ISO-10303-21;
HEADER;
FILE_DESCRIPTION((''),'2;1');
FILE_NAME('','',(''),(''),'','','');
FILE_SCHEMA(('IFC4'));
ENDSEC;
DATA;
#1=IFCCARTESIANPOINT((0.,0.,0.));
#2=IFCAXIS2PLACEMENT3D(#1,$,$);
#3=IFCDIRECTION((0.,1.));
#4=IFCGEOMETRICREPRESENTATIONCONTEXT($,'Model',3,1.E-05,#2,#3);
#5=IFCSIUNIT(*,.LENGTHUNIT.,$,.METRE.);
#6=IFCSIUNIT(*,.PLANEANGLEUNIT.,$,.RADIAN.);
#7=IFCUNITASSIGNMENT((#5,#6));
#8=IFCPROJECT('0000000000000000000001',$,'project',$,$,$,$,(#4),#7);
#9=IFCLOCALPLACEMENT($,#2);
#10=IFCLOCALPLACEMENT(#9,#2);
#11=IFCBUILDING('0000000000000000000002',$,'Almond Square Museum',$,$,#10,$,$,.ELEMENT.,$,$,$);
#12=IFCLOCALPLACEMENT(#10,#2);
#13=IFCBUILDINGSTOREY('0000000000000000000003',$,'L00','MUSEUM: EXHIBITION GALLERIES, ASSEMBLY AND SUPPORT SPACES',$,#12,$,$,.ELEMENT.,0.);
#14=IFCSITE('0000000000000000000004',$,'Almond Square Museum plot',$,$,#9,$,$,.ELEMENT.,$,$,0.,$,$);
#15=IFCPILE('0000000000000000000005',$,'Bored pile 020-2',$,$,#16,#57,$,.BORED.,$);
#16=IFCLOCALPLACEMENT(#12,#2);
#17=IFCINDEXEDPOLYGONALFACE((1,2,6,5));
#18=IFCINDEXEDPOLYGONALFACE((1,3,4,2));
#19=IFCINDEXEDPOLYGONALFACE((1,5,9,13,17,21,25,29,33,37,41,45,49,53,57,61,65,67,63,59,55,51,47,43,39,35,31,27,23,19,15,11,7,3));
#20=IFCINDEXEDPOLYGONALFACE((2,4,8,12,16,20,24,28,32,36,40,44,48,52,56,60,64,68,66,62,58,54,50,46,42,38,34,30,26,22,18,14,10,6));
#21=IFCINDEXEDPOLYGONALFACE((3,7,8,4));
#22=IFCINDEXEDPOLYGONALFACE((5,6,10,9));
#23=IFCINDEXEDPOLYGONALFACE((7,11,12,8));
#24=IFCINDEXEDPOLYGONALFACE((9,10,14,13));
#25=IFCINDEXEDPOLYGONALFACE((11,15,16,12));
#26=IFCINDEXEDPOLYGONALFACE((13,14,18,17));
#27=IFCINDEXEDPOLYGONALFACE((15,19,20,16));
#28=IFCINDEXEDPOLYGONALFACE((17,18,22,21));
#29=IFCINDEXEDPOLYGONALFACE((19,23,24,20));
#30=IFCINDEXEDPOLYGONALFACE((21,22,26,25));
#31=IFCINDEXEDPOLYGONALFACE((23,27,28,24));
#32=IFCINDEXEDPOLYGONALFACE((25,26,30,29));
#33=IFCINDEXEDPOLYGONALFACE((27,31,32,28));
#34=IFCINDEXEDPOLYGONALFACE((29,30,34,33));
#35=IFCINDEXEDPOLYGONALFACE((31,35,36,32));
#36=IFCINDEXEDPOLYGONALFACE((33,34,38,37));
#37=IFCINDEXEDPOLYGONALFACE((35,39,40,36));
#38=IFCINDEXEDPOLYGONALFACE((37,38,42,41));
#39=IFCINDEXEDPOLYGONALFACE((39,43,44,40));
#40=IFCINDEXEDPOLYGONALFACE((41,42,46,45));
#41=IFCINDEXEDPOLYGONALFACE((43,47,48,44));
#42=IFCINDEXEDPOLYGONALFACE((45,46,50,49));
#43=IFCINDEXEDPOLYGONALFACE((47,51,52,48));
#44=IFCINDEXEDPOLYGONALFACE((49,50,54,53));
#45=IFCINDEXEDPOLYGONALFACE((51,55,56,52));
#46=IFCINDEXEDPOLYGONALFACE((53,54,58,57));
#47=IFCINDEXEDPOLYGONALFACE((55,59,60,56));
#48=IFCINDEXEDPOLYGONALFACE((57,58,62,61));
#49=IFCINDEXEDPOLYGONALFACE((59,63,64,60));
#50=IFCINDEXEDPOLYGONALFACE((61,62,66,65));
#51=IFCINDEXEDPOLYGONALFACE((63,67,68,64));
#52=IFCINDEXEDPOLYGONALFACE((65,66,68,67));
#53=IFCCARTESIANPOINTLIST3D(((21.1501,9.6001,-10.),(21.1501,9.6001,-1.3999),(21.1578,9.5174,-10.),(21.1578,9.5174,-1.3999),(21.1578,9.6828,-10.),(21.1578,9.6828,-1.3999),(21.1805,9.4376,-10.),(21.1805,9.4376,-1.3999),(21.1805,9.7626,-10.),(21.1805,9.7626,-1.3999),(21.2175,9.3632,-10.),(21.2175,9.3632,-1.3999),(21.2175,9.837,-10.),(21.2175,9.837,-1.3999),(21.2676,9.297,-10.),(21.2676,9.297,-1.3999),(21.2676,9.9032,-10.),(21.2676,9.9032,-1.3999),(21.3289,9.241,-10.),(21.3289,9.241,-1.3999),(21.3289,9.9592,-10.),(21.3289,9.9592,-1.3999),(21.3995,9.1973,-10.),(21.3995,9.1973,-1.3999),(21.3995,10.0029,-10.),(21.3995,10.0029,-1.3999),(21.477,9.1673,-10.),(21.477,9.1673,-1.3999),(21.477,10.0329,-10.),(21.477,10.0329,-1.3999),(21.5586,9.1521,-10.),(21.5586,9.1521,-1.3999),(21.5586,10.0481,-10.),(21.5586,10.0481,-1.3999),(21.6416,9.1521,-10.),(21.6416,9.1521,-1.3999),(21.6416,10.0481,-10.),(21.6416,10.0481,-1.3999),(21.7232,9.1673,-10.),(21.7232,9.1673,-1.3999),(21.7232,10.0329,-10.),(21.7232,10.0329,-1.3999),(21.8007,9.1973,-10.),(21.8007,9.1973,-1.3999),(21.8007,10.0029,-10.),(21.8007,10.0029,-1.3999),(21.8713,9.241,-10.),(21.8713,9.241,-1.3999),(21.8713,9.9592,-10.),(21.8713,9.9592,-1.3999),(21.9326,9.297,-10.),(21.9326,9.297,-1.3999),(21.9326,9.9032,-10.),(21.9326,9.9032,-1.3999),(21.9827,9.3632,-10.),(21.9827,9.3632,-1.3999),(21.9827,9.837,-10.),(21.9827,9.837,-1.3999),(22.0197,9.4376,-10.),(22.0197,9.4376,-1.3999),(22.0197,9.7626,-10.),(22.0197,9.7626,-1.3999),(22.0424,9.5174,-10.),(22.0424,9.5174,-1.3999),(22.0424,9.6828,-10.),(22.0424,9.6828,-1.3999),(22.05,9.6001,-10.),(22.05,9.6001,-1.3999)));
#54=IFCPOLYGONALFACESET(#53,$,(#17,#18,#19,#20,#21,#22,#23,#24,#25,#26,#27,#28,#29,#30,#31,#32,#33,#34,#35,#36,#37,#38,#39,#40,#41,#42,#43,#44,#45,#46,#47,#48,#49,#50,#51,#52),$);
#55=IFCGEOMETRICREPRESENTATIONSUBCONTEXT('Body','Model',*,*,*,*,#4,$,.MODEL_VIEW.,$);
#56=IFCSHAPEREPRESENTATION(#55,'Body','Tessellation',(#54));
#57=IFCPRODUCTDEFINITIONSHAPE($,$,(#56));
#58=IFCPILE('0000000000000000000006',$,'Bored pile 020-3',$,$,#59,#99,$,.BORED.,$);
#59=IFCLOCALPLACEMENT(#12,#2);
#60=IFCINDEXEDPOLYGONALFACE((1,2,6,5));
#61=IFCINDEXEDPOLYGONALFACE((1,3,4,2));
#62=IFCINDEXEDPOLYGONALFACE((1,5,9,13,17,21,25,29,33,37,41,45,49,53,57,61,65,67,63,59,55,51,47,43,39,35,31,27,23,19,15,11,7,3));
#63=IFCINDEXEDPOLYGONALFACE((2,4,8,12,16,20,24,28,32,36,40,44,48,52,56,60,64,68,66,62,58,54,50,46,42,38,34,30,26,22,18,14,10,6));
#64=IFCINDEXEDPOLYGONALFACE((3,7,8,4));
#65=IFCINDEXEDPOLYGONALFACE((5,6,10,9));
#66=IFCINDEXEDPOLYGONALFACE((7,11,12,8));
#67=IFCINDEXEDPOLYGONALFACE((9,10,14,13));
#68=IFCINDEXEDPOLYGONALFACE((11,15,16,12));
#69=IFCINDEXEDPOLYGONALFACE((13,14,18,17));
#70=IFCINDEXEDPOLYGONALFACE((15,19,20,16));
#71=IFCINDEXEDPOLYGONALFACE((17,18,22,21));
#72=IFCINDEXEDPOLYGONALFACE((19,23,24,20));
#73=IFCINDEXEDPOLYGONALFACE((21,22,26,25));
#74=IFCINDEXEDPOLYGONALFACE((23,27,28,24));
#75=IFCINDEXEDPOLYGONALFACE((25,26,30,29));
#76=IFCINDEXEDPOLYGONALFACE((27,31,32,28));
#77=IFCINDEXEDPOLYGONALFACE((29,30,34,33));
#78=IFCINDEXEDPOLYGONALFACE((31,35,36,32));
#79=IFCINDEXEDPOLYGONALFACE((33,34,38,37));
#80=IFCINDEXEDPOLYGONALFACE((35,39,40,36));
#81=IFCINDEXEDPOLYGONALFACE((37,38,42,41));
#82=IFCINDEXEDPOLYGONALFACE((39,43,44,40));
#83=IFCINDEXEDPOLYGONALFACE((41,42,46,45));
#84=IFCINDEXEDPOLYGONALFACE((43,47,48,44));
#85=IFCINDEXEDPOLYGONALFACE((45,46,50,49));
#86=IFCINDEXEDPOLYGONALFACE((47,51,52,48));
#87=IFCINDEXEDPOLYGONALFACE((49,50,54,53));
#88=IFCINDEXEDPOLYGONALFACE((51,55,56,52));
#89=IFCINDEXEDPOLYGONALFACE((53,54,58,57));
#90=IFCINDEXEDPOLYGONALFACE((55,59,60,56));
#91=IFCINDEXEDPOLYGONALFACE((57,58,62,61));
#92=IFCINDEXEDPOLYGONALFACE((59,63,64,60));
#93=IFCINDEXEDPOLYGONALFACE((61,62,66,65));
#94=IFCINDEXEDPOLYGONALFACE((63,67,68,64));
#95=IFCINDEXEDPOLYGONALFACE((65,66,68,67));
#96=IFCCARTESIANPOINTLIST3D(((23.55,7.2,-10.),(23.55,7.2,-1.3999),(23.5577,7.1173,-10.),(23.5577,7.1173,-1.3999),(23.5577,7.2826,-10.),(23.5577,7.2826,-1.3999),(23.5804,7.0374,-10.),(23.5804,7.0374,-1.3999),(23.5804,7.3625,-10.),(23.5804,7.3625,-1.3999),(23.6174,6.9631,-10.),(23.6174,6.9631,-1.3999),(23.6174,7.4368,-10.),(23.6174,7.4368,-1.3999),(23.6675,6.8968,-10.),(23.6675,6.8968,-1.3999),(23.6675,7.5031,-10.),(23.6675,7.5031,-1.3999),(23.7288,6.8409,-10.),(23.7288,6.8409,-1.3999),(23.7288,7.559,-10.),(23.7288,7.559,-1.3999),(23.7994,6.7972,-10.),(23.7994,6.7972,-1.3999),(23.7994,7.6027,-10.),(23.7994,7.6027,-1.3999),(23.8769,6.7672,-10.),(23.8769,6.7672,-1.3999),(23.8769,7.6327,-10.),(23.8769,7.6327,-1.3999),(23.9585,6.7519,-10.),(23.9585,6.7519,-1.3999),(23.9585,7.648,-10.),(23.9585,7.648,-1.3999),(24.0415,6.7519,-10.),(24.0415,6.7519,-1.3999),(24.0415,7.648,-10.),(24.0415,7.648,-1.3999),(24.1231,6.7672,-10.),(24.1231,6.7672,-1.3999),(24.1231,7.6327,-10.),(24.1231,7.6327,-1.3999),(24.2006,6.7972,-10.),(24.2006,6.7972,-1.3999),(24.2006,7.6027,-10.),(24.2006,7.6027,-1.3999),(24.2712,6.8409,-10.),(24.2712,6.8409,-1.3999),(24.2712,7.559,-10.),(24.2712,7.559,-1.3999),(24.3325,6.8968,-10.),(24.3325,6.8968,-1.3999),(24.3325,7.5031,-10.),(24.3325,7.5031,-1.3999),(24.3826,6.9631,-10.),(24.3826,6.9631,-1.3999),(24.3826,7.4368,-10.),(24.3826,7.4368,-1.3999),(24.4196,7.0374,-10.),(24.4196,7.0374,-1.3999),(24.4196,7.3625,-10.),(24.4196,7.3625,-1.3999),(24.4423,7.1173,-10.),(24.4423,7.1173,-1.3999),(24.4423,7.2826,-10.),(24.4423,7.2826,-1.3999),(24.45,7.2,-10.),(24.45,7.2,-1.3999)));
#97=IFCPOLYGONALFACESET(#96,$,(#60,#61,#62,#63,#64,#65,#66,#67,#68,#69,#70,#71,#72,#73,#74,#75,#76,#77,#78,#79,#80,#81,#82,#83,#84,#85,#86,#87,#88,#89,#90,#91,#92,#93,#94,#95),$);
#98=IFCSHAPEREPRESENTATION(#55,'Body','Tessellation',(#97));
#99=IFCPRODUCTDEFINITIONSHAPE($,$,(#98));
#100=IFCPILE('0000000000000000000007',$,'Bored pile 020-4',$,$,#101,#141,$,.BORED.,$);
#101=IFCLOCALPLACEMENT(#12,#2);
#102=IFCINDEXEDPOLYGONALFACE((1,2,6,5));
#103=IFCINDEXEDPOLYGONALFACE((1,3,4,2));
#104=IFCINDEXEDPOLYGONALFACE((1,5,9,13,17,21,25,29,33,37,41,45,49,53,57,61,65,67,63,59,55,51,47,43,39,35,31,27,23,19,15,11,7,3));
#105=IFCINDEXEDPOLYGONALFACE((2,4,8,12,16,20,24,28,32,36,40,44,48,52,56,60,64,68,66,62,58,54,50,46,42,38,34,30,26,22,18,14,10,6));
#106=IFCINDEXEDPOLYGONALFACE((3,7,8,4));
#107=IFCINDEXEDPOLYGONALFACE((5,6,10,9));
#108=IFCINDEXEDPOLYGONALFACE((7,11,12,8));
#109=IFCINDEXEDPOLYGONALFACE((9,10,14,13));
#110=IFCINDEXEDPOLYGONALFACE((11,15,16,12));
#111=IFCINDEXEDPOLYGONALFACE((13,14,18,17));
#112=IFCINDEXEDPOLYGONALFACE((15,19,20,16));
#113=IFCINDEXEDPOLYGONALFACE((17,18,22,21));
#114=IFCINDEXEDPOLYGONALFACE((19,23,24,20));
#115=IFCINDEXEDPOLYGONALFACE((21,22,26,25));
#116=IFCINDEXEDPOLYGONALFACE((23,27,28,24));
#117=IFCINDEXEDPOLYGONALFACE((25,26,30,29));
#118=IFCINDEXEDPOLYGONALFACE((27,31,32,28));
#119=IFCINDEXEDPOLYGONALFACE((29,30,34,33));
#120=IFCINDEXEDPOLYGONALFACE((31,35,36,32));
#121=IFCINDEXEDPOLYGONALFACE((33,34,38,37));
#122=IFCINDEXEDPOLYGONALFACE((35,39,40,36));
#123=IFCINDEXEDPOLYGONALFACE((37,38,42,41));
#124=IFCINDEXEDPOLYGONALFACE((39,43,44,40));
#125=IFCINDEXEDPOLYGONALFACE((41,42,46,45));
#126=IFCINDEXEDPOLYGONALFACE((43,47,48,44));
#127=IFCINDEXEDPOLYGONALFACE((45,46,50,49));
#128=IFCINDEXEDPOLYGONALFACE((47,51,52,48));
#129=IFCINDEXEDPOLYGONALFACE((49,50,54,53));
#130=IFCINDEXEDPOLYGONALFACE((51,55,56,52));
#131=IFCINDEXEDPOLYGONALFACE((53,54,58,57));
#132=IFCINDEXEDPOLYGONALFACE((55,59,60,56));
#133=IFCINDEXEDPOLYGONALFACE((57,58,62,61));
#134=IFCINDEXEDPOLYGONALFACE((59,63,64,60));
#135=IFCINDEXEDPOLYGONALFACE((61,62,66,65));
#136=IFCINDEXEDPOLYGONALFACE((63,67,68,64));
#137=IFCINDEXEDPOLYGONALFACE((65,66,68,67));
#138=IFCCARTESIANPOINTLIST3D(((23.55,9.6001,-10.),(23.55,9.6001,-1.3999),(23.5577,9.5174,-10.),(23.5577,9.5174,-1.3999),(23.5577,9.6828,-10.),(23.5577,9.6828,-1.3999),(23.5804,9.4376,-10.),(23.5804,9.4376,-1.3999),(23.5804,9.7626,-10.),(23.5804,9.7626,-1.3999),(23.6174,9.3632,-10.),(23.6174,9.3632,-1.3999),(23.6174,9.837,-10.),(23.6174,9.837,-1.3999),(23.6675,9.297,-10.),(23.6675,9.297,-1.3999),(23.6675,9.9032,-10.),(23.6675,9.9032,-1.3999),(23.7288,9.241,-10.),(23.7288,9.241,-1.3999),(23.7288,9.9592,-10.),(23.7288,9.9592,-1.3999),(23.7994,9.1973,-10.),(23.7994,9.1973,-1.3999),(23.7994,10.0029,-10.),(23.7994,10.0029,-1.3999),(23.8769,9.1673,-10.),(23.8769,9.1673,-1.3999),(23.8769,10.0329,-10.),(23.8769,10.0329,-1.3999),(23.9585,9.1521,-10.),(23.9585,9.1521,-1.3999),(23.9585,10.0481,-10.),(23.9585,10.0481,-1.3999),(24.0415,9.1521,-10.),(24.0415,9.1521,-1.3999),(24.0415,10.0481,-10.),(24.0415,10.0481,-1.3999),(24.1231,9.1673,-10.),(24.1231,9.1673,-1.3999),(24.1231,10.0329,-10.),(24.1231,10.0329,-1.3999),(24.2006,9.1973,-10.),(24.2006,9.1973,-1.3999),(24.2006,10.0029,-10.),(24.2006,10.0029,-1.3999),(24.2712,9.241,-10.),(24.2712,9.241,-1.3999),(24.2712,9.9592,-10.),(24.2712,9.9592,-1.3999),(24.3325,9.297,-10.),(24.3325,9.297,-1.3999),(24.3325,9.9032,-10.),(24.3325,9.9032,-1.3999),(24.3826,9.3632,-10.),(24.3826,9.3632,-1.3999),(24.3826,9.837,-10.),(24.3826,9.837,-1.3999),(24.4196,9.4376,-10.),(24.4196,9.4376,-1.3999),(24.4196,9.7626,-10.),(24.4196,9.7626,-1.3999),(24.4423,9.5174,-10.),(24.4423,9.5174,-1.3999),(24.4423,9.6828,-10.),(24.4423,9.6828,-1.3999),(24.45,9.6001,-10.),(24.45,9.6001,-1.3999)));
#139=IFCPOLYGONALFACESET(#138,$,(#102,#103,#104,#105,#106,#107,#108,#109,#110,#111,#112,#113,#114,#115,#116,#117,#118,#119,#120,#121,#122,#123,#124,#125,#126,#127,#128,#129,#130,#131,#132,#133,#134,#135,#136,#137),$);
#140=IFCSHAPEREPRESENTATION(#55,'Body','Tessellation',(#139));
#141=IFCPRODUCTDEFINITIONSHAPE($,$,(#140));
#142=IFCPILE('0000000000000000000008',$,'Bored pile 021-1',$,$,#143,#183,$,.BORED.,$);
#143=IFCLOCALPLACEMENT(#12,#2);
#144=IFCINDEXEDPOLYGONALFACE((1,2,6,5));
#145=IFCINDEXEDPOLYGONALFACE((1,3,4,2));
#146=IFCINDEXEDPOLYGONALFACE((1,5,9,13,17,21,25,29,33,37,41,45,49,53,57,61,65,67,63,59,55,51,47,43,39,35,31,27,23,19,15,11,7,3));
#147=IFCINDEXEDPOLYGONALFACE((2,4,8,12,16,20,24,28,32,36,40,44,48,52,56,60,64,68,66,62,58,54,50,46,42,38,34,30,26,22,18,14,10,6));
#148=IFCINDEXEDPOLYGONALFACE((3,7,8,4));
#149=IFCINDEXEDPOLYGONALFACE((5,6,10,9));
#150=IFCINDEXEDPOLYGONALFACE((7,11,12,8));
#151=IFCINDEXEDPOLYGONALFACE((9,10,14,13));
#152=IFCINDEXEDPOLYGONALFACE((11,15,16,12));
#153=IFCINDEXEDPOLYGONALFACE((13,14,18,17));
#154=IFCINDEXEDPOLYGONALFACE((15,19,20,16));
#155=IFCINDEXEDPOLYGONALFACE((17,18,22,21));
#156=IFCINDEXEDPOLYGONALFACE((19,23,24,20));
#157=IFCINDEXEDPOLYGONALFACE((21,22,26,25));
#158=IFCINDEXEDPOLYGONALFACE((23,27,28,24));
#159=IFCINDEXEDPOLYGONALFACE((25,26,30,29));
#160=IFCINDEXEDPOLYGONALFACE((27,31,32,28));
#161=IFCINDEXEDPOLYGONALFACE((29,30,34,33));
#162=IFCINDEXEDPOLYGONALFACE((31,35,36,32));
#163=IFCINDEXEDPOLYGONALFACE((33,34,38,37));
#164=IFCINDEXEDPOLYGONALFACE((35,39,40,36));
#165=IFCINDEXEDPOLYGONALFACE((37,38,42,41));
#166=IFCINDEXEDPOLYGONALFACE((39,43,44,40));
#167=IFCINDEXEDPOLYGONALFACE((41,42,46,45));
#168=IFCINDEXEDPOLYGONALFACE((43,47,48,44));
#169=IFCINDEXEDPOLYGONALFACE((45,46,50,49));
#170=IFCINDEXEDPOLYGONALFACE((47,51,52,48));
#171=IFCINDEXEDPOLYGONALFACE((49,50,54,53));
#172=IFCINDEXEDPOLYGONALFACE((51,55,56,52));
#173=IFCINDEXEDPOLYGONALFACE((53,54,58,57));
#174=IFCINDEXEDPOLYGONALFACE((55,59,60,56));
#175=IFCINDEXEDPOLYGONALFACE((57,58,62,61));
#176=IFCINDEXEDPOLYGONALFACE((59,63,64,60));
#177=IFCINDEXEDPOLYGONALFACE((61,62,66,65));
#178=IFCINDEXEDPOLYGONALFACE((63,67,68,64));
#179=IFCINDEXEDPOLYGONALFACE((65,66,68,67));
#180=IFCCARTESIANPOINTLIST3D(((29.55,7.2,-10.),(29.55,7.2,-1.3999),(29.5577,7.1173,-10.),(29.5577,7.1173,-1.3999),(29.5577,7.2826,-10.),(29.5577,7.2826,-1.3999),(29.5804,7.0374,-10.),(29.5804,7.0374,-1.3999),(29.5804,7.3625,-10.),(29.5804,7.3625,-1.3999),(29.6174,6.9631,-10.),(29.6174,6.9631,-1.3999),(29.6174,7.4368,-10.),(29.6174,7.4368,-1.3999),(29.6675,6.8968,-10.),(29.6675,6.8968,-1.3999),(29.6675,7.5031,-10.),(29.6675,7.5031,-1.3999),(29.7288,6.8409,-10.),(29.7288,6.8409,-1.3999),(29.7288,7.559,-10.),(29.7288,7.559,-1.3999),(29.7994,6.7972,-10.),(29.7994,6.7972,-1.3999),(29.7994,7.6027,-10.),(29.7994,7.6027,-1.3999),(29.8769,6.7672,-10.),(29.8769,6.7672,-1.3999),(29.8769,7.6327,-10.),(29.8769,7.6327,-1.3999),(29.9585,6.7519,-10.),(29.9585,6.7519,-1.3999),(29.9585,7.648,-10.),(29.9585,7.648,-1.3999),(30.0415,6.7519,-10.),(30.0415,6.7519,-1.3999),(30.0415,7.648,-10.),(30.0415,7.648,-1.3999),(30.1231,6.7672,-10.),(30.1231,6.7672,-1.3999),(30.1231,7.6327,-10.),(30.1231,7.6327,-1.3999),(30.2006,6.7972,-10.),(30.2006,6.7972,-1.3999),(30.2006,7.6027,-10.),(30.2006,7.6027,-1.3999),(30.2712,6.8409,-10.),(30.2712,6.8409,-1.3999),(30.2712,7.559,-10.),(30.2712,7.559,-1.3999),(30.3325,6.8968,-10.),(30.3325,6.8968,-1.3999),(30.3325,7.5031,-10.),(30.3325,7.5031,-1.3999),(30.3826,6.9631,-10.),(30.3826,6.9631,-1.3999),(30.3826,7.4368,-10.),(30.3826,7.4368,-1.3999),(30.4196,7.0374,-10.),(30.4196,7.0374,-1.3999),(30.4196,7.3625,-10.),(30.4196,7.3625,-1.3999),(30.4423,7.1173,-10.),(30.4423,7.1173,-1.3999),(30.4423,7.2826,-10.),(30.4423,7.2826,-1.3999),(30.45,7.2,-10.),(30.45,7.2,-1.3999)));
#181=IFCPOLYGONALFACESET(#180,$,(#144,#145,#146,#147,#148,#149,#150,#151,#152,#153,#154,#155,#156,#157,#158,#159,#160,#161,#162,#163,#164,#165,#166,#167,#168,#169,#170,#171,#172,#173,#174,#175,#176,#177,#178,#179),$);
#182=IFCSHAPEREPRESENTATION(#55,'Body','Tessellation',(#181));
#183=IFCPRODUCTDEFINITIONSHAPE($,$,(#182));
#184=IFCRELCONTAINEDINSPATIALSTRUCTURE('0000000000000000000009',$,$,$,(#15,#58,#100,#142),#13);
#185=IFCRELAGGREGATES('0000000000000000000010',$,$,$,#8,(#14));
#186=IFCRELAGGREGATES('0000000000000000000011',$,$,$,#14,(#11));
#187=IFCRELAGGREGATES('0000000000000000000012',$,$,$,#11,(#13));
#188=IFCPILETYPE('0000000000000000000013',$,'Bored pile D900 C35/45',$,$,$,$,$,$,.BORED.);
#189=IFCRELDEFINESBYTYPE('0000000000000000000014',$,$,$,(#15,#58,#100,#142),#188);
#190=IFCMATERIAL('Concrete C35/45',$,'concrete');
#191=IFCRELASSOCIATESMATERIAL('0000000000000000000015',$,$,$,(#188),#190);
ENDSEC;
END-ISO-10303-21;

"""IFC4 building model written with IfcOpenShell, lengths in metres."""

from ifc_helpers import new_model, si_unit, direction, frame, origin, origin_2d, place, context, subcontext, project, spatial, circle, extrude, material, material_profile, profile_set, type_object, element, save


model = new_model("IFC4")

# Units and contexts
model_context = context("Model", 3, precision=1e-05, world=origin(), true_north=direction((0.0, 1.0)))
body_context = subcontext(model_context, "Body", "Model", "MODEL_VIEW")
ifc_project = project(units=[si_unit("LENGTHUNIT", "METRE"), si_unit("PLANEANGLEUNIT", "RADIAN")], contexts=[model_context])

# Site, building, storey
site_placement = place(None, origin())
site = spatial("IfcSite", under=ifc_project, at=site_placement, Name="Almond Square Museum plot", CompositionType="ELEMENT", RefElevation=0.0)
building_placement = place(site_placement, origin())
building = spatial("IfcBuilding", under=site, at=building_placement, Name="Almond Square Museum", CompositionType="ELEMENT")
storey_placement = place(building_placement, origin())
storey = spatial("IfcBuildingStorey", under=building, at=storey_placement, Name="L00", Description="MUSEUM: EXHIBITION GALLERIES, ASSEMBLY AND SUPPORT SPACES", CompositionType="ELEMENT", Elevation=0.0)

# Piles
ifc_material_1 = material(Name="Concrete C35/45", Category="concrete")
ifc_material_profile_1 = material_profile(ifc_material_1, circle(Radius=0.45, at=origin_2d()))
ifc_profile_set_1 = profile_set([ifc_material_profile_1], Name="Concrete C35/45")
pile_type = type_object("IfcPileType", Name="Bored pile D900 C35/45", PredefinedType="BORED", material=ifc_profile_set_1)
for number, where, z_axis, x_axis, name in (
    (1, (21.6001, 9.6001, -1.3999), (0.0, 0.0, -1.0), (1.0, 0.0, 0.0), "Bored pile 020-2"),
    (2, (24.0, 7.2, -1.3999), (0.0, 0.0, -1.0), (1.0, 0.0, 0.0), "Bored pile 020-3"),
    (3, (24.0, 9.6001, -1.3999), (0.0, 0.0, -1.0), (1.0, 0.0, 0.0), "Bored pile 020-4"),
    (4, (30.0, 7.2, -1.3999), (0.0, 0.0, -1.0), (1.0, 0.0, 0.0), "Bored pile 021-1"),
):
    element("IfcPile", number, at=place(storey_placement, frame(where, z_axis=z_axis, x_axis=x_axis)), inside=storey, type_object=pile_type, Name=name, PredefinedType="BORED", context=body_context, shape_type="SweptSolid", body=[
        extrude(circle(Radius=0.45, at=origin_2d()), origin(), (0.0, 0.0, 1.0), 8.6001),
    ])

save(model, "model.ifc")
